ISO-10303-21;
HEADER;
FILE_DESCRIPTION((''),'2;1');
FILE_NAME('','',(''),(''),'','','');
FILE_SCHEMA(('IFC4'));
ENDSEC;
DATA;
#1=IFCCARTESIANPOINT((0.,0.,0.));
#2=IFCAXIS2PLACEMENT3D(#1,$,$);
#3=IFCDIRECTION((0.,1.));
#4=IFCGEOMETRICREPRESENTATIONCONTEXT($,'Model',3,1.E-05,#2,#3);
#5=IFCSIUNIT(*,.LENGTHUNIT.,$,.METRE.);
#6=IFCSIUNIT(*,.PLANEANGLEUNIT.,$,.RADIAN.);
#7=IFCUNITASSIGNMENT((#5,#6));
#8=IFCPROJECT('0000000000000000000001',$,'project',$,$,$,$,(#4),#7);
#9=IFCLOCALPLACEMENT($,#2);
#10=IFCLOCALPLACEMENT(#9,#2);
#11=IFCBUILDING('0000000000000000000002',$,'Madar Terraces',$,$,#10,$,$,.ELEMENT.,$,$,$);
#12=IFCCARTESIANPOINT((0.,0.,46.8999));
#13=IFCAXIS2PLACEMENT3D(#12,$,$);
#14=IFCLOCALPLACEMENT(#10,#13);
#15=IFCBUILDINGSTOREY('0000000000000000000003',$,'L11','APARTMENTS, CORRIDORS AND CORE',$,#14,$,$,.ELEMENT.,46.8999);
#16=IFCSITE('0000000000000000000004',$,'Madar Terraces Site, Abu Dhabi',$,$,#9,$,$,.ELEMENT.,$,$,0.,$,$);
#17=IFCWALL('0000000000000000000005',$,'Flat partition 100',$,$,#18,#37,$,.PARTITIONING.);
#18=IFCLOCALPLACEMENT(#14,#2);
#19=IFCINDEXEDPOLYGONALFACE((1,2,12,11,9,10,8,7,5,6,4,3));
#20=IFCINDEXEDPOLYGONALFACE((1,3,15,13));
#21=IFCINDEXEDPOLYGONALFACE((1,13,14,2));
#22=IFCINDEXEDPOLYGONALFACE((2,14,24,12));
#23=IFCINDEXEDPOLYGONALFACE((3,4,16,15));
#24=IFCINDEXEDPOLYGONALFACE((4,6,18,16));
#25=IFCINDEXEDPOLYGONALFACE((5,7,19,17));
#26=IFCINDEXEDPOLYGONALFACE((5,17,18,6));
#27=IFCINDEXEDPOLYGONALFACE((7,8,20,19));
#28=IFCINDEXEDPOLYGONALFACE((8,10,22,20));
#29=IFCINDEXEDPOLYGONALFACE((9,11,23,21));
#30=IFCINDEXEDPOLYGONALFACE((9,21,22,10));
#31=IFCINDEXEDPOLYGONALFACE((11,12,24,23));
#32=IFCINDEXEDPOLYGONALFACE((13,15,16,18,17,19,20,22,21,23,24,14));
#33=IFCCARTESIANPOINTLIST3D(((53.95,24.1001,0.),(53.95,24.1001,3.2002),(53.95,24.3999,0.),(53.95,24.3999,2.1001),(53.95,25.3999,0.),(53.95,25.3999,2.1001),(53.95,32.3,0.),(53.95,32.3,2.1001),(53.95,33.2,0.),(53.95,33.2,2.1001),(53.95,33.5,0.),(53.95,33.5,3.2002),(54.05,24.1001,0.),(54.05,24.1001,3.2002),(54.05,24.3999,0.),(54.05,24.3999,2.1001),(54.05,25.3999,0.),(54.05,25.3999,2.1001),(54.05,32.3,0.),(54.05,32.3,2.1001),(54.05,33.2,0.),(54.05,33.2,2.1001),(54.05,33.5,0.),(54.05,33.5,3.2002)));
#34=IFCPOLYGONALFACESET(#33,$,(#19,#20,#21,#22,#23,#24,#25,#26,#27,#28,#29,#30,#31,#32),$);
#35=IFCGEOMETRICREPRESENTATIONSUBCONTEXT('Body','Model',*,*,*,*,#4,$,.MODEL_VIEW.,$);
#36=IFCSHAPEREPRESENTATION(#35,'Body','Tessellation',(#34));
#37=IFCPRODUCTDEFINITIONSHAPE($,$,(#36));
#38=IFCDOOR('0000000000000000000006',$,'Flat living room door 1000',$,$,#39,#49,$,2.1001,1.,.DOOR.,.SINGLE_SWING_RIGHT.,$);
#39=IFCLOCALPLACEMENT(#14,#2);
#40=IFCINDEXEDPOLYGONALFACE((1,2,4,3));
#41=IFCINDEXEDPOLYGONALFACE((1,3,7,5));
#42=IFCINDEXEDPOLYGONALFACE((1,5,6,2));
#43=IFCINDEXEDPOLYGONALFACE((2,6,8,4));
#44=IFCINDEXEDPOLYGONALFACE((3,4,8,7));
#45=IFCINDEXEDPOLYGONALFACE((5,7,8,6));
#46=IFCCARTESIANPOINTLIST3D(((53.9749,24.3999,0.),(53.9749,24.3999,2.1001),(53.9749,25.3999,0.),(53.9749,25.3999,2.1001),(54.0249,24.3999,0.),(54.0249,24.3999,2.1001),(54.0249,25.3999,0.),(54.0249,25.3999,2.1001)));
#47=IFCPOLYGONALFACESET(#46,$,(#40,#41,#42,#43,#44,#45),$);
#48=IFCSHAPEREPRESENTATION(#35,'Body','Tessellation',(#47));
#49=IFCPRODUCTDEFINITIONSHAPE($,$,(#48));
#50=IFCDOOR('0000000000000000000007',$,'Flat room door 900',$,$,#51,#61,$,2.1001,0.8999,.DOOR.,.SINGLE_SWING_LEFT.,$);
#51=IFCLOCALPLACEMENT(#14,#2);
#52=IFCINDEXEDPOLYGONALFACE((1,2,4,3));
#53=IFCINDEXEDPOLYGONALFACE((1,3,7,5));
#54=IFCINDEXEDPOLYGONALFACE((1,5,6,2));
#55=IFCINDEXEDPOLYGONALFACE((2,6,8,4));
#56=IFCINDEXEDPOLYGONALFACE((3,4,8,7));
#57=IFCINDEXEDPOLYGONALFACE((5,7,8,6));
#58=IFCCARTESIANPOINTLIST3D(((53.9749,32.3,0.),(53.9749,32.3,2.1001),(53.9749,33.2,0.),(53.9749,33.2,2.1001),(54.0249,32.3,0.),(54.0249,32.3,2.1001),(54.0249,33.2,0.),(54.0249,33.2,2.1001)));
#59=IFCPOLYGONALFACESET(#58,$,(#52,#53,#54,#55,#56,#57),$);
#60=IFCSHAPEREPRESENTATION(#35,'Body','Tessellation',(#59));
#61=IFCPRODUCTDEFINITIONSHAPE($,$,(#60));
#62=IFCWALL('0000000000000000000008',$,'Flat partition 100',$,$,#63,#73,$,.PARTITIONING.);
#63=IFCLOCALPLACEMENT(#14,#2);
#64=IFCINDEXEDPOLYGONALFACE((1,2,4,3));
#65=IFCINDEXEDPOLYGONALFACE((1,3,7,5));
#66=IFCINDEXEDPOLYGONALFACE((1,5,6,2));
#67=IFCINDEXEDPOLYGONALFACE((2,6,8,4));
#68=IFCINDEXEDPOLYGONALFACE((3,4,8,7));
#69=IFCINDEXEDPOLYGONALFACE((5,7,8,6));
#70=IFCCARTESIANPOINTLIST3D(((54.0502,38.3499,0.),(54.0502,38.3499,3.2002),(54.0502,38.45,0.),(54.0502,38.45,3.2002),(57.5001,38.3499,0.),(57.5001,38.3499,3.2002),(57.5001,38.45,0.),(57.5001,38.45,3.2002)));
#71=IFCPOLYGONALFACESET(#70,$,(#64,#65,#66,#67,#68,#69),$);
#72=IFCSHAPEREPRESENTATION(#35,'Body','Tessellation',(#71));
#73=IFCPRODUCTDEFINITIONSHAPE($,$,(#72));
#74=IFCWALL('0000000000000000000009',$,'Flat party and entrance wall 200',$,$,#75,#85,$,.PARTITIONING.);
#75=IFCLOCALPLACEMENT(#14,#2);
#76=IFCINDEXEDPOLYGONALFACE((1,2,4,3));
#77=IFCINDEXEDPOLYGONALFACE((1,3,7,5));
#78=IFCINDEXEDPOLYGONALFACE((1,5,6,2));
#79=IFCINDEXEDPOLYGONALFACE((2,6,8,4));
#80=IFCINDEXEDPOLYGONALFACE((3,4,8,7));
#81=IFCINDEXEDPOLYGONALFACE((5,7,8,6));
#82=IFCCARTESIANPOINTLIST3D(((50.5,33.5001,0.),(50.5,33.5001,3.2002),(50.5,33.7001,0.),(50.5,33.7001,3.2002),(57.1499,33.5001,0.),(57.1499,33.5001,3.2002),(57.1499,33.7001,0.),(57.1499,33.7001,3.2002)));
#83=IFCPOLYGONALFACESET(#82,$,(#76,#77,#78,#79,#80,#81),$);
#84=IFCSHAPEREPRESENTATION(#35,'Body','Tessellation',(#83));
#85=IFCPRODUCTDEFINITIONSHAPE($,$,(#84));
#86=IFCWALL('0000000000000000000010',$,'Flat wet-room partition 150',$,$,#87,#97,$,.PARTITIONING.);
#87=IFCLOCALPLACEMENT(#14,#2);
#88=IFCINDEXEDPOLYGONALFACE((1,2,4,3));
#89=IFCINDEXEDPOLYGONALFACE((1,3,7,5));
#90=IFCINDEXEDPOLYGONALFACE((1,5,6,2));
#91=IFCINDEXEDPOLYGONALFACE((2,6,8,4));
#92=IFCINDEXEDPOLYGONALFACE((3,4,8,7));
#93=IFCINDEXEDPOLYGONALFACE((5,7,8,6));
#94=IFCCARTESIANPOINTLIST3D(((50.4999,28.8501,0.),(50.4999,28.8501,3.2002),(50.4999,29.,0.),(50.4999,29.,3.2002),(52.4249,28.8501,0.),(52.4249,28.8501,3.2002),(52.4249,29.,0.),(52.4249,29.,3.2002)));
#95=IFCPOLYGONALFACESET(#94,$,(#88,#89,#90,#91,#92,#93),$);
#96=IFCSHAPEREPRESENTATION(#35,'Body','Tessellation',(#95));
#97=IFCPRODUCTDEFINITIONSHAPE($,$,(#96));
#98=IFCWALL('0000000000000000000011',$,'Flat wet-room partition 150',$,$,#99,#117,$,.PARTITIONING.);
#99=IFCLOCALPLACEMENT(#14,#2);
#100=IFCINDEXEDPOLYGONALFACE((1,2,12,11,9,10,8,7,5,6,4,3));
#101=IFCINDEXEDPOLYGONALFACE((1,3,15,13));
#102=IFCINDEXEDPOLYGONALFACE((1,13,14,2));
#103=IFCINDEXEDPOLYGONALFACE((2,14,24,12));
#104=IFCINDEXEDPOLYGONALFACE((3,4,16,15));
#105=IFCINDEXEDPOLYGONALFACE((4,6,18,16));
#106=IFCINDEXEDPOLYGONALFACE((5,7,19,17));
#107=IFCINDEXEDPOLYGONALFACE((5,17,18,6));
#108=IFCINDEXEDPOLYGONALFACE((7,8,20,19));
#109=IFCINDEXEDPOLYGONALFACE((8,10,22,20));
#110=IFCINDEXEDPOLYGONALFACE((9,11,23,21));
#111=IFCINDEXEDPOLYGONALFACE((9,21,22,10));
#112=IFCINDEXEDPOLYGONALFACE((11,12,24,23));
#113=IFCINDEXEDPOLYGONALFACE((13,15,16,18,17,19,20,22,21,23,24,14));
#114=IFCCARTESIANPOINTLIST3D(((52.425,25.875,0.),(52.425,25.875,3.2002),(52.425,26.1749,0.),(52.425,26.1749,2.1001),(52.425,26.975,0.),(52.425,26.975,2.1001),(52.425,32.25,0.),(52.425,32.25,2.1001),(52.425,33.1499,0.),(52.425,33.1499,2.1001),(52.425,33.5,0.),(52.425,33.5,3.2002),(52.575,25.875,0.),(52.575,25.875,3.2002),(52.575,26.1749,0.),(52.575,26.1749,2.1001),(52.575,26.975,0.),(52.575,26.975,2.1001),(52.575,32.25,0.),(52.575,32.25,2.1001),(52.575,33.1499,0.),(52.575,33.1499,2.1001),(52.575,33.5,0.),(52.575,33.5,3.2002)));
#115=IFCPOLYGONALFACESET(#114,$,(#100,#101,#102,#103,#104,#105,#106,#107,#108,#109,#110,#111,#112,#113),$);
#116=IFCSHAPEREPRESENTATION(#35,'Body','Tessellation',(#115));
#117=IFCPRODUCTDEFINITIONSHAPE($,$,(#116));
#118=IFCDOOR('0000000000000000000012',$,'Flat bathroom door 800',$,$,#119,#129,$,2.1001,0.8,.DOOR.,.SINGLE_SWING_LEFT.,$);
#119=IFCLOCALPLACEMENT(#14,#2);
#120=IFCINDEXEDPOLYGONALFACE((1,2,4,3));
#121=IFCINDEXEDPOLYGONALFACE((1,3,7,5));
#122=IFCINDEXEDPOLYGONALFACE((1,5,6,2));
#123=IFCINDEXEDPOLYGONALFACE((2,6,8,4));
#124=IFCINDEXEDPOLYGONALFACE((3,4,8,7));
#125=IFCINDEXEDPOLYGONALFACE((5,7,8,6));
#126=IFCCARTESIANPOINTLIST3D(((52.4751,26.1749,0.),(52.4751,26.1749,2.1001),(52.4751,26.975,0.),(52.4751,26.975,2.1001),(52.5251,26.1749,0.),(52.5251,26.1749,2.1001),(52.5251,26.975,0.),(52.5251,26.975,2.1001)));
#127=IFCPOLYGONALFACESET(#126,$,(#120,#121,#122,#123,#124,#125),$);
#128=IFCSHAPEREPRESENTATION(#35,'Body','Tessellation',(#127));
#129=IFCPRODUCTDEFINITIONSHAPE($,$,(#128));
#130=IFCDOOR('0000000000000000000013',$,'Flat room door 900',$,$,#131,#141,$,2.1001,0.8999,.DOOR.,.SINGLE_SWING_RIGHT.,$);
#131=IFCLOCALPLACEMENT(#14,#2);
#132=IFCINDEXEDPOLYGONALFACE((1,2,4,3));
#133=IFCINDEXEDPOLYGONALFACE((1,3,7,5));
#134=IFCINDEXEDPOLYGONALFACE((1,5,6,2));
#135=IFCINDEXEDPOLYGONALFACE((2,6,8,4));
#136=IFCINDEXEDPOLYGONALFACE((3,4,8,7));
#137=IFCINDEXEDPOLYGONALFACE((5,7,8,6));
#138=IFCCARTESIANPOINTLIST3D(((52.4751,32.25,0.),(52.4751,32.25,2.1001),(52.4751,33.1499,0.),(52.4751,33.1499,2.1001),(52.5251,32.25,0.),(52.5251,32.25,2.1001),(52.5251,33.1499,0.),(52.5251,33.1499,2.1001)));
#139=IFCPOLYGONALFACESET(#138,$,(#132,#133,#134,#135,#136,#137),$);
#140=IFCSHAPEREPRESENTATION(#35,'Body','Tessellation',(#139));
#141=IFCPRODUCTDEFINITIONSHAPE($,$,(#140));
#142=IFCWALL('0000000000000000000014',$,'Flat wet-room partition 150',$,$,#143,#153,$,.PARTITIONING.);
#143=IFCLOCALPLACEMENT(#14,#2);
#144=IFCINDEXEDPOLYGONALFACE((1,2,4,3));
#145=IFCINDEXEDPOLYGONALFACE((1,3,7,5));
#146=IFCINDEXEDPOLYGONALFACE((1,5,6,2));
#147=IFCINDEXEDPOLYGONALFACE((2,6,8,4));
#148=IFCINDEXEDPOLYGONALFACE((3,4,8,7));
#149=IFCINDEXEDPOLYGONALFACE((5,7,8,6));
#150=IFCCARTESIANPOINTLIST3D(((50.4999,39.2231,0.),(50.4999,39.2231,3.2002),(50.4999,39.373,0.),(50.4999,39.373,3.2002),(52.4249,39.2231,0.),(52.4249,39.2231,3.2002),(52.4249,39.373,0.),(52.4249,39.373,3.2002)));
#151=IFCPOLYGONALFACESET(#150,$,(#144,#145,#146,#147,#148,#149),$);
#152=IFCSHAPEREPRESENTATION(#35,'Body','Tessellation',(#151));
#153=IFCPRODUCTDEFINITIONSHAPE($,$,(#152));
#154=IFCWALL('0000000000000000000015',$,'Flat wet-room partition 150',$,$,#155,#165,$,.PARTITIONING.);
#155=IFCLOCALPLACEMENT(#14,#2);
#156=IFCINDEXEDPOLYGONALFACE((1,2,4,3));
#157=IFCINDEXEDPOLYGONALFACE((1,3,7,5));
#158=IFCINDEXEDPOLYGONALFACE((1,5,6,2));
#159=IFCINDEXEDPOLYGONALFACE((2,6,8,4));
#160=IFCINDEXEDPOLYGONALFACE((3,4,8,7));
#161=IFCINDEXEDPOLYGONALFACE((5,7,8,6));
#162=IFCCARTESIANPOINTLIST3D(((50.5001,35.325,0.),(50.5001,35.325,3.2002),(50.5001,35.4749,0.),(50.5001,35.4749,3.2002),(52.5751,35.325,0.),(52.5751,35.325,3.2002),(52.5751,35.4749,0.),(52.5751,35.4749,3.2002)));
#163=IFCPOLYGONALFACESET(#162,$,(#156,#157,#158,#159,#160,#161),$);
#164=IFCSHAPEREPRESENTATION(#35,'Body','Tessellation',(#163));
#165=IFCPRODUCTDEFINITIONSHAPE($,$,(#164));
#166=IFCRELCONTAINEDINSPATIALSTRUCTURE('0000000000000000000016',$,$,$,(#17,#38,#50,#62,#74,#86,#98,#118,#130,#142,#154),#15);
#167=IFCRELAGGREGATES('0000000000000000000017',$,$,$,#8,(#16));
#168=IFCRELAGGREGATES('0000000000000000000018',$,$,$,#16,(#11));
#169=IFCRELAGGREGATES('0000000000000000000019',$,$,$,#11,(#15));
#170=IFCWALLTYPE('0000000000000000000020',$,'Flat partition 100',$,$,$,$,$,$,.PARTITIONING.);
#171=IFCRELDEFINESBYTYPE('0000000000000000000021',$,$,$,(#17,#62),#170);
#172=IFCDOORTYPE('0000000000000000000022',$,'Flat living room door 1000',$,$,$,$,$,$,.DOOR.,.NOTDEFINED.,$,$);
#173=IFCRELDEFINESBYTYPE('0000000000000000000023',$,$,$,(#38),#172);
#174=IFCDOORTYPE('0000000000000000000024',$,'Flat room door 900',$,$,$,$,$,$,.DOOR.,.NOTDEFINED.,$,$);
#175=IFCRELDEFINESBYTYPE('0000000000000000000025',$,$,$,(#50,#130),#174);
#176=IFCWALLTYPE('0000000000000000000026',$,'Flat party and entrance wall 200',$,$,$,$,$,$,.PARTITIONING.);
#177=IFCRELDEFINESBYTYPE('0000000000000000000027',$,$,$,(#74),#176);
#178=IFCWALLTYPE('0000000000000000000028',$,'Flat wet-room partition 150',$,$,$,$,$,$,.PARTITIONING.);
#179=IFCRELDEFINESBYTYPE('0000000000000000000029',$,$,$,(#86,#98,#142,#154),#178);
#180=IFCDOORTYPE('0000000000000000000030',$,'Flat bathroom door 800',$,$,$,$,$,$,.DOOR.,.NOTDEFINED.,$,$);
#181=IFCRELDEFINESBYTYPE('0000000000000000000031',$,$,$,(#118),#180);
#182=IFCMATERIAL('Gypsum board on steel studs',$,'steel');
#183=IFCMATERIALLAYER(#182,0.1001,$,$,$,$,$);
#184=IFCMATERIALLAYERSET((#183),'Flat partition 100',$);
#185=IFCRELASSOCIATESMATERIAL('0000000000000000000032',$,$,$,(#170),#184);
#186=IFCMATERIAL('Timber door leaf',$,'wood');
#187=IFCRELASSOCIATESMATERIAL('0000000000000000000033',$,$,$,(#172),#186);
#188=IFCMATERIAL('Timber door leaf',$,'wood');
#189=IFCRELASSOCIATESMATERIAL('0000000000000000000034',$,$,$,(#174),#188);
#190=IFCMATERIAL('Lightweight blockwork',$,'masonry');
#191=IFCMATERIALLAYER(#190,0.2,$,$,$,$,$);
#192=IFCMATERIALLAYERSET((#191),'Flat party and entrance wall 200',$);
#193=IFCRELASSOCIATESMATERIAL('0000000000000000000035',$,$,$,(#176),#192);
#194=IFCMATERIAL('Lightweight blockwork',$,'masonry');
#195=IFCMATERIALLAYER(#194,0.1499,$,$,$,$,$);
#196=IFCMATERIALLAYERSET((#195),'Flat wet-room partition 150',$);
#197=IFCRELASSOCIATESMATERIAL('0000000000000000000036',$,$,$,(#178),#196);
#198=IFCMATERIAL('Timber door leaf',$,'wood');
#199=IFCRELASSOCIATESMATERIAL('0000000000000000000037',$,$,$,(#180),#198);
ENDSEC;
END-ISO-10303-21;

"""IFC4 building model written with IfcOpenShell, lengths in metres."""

from ifc_helpers import new_model, si_unit, direction, frame, frame_2d, origin, place, context, subcontext, project, spatial, rectangle, extrude, material, layer, layer_set, type_object, element, fill, save


model = new_model("IFC4")

# Units and contexts
model_context = context("Model", 3, precision=1e-05, world=origin(), true_north=direction((0.0, 1.0)))
body_context = subcontext(model_context, "Body", "Model", "MODEL_VIEW")
ifc_project = project(units=[si_unit("LENGTHUNIT", "METRE"), si_unit("PLANEANGLEUNIT", "RADIAN")], contexts=[model_context])

# Site, building, storey
site_placement = place(None, origin())
site = spatial("IfcSite", under=ifc_project, at=site_placement, Name="Madar Terraces Site, Abu Dhabi", CompositionType="ELEMENT", RefElevation=0.0)
building_placement = place(site_placement, origin())
building = spatial("IfcBuilding", under=site, at=building_placement, Name="Madar Terraces", CompositionType="ELEMENT")
storey_placement = place(building_placement, frame((0.0, 0.0, 46.8999)))
storey = spatial("IfcBuildingStorey", under=building, at=storey_placement, Name="L11", Description="APARTMENTS, CORRIDORS AND CORE", CompositionType="ELEMENT", Elevation=46.8999)

# Shared definitions
ifc_material_1 = material(Name="Gypsum board on steel studs", Category="steel")
ifc_layer_1 = layer(ifc_material_1, 0.1001)
ifc_layer_set_1 = layer_set([ifc_layer_1], Name="Flat partition 100")
wall_type_1 = type_object("IfcWallType", Name="Flat partition 100", PredefinedType="PARTITIONING", material=ifc_layer_set_1)

# Wall, openings, doors
wall_1_placement = place(storey_placement, frame((54.0, 33.5, 0.0), z_axis=(0.0, 0.0, 1.0), x_axis=(0.0, -1.0, 0.0)))
wall_1 = element("IfcWall", 1, at=wall_1_placement, inside=storey, type_object=wall_type_1, Name="Flat partition 100", PredefinedType="PARTITIONING", context=body_context, shape_type="SweptSolid", body=[
    extrude(rectangle(XDim=9.3999, YDim=0.1001, at=frame_2d((4.7, 0.0))), origin(), (0.0, 0.0, 1.0), 3.2002),
])
opening_1_placement = place(wall_1_placement, frame((8.1001, 0.0, 0.0)))
opening_1 = element("IfcOpeningElement", 2, at=opening_1_placement, cuts=wall_1, PredefinedType="OPENING", context=body_context, shape_type="SweptSolid", body=[
    extrude(rectangle(XDim=1.0, YDim=2.1001, at=frame_2d((0.5, 1.05))), frame((0.0, 0.0601, 0.0), z_axis=(0.0, -1.0, 0.0), x_axis=(1.0, 0.0, 0.0)), (0.0, 0.0, 1.0), 0.1201),
])
opening_2_placement = place(wall_1_placement, frame((0.3, 0.0, 0.0)))
opening_2 = element("IfcOpeningElement", 3, at=opening_2_placement, cuts=wall_1, PredefinedType="OPENING", context=body_context, shape_type="SweptSolid", body=[
    extrude(rectangle(XDim=0.8999, YDim=2.1001, at=frame_2d((0.45, 1.05))), frame((0.0, 0.0601, 0.0), z_axis=(0.0, -1.0, 0.0), x_axis=(1.0, 0.0, 0.0)), (0.0, 0.0, 1.0), 0.1201),
])
ifc_material_2 = material(Name="Timber door leaf", Category="wood")
door_type_1 = type_object("IfcDoorType", Name="Flat living room door 1000", OperationType="NOTDEFINED", PredefinedType="DOOR", material=ifc_material_2)
door_1_placement = place(opening_1_placement, origin())
door_1 = element("IfcDoor", 4, at=door_1_placement, inside=storey, type_object=door_type_1, Name="Flat living room door 1000", OperationType="SINGLE_SWING_RIGHT", OverallHeight=2.1001, OverallWidth=1.0, PredefinedType="DOOR", context=body_context, shape_type="SweptSolid", body=[
    extrude(rectangle(XDim=1.0, YDim=2.1001, at=frame_2d((0.5, 1.05))), frame((0.0, 0.0249, 0.0), z_axis=(0.0, -1.0, 0.0), x_axis=(1.0, 0.0, 0.0)), (0.0, 0.0, 1.0), 0.05),
])
fill(opening_1, door_1)
ifc_material_3 = material(Name="Timber door leaf", Category="wood")
door_type_2 = type_object("IfcDoorType", Name="Flat room door 900", OperationType="NOTDEFINED", PredefinedType="DOOR", material=ifc_material_3)
door_2_placement = place(opening_2_placement, origin())
door_2 = element("IfcDoor", 5, at=door_2_placement, inside=storey, type_object=door_type_2, Name="Flat room door 900", OperationType="SINGLE_SWING_LEFT", OverallHeight=2.1001, OverallWidth=0.8999, PredefinedType="DOOR", context=body_context, shape_type="SweptSolid", body=[
    extrude(rectangle(XDim=0.8999, YDim=2.1001, at=frame_2d((0.45, 1.05))), frame((0.0, 0.0249, 0.0), z_axis=(0.0, -1.0, 0.0), x_axis=(1.0, 0.0, 0.0)), (0.0, 0.0, 1.0), 0.05),
])
fill(opening_2, door_2)

# Walls
wall_2_placement = place(storey_placement, frame((54.05, 38.3999, 0.0), z_axis=(0.0, 0.0, 1.0), x_axis=(1.0, 0.0, 0.0)))
element("IfcWall", 6, at=wall_2_placement, inside=storey, type_object=wall_type_1, Name="Flat partition 100", PredefinedType="PARTITIONING", context=body_context, shape_type="SweptSolid", body=[
    extrude(rectangle(XDim=3.45, YDim=0.1001, at=frame_2d((1.7251, 0.0))), origin(), (0.0, 0.0, 1.0), 3.2002),
])
ifc_material_4 = material(Name="Lightweight blockwork", Category="masonry")
ifc_layer_2 = layer(ifc_material_4, 0.2)
ifc_layer_set_2 = layer_set([ifc_layer_2], Name="Flat party and entrance wall 200")
wall_type_2 = type_object("IfcWallType", Name="Flat party and entrance wall 200", PredefinedType="PARTITIONING", material=ifc_layer_set_2)
wall_3_placement = place(storey_placement, frame((50.5, 33.6001, 0.0), z_axis=(0.0, 0.0, 1.0), x_axis=(1.0, 0.0, 0.0)))
element("IfcWall", 7, at=wall_3_placement, inside=storey, type_object=wall_type_2, Name="Flat party and entrance wall 200", PredefinedType="PARTITIONING", context=body_context, shape_type="SweptSolid", body=[
    extrude(rectangle(XDim=6.6499, YDim=0.2, at=frame_2d((3.325, 0.0))), origin(), (0.0, 0.0, 1.0), 3.2002),
])
ifc_material_5 = material(Name="Lightweight blockwork", Category="masonry")
ifc_layer_3 = layer(ifc_material_5, 0.1499)
ifc_layer_set_3 = layer_set([ifc_layer_3], Name="Flat wet-room partition 150")
wall_type_3 = type_object("IfcWallType", Name="Flat wet-room partition 150", PredefinedType="PARTITIONING", material=ifc_layer_set_3)
wall_4_placement = place(storey_placement, frame((50.5, 28.925, 0.0), z_axis=(0.0, 0.0, 1.0), x_axis=(1.0, 0.0, 0.0)))
element("IfcWall", 8, at=wall_4_placement, inside=storey, type_object=wall_type_3, Name="Flat wet-room partition 150", PredefinedType="PARTITIONING", context=body_context, shape_type="SweptSolid", body=[
    extrude(rectangle(XDim=1.925, YDim=0.1499, at=frame_2d((0.9624, 0.0))), origin(), (0.0, 0.0, 1.0), 3.2002),
])

# Wall, openings, doors
wall_5_placement = place(storey_placement, frame((52.5, 25.875, 0.0), z_axis=(0.0, 0.0, 1.0), x_axis=(0.0, 1.0, 0.0)))
wall_5 = element("IfcWall", 9, at=wall_5_placement, inside=storey, type_object=wall_type_3, Name="Flat wet-room partition 150", PredefinedType="PARTITIONING", context=body_context, shape_type="SweptSolid", body=[
    extrude(rectangle(XDim=7.625, YDim=0.1499, at=frame_2d((3.8125, 0.0))), origin(), (0.0, 0.0, 1.0), 3.2002),
])
opening_3_placement = place(wall_5_placement, frame((0.3, 0.0, 0.0)))
opening_3 = element("IfcOpeningElement", 10, at=opening_3_placement, cuts=wall_5, PredefinedType="OPENING", context=body_context, shape_type="SweptSolid", body=[
    extrude(rectangle(XDim=0.8, YDim=2.1001, at=frame_2d((0.3999, 1.05))), frame((0.0, 0.085, 0.0), z_axis=(0.0, -1.0, 0.0), x_axis=(1.0, 0.0, 0.0)), (0.0, 0.0, 1.0), 0.1699),
])
opening_4_placement = place(wall_5_placement, frame((6.375, 0.0, 0.0)))
opening_4 = element("IfcOpeningElement", 11, at=opening_4_placement, cuts=wall_5, PredefinedType="OPENING", context=body_context, shape_type="SweptSolid", body=[
    extrude(rectangle(XDim=0.8999, YDim=2.1001, at=frame_2d((0.45, 1.05))), frame((0.0, 0.085, 0.0), z_axis=(0.0, -1.0, 0.0), x_axis=(1.0, 0.0, 0.0)), (0.0, 0.0, 1.0), 0.1699),
])
ifc_material_6 = material(Name="Timber door leaf", Category="wood")
door_type_3 = type_object("IfcDoorType", Name="Flat bathroom door 800", OperationType="NOTDEFINED", PredefinedType="DOOR", material=ifc_material_6)
door_3_placement = place(opening_3_placement, origin())
door_3 = element("IfcDoor", 12, at=door_3_placement, inside=storey, type_object=door_type_3, Name="Flat bathroom door 800", OperationType="SINGLE_SWING_LEFT", OverallHeight=2.1001, OverallWidth=0.8, PredefinedType="DOOR", context=body_context, shape_type="SweptSolid", body=[
    extrude(rectangle(XDim=0.8, YDim=2.1001, at=frame_2d((0.3999, 1.05))), frame((0.0, 0.0249, 0.0), z_axis=(0.0, -1.0, 0.0), x_axis=(1.0, 0.0, 0.0)), (0.0, 0.0, 1.0), 0.05),
])
fill(opening_3, door_3)
door_4_placement = place(opening_4_placement, origin())
door_4 = element("IfcDoor", 13, at=door_4_placement, inside=storey, type_object=door_type_2, Name="Flat room door 900", OperationType="SINGLE_SWING_RIGHT", OverallHeight=2.1001, OverallWidth=0.8999, PredefinedType="DOOR", context=body_context, shape_type="SweptSolid", body=[
    extrude(rectangle(XDim=0.8999, YDim=2.1001, at=frame_2d((0.45, 1.05))), frame((0.0, 0.0249, 0.0), z_axis=(0.0, -1.0, 0.0), x_axis=(1.0, 0.0, 0.0)), (0.0, 0.0, 1.0), 0.05),
])
fill(opening_4, door_4)

# Walls
wall_6_placement = place(storey_placement, frame((50.5, 39.2981, 0.0), z_axis=(0.0, 0.0, 1.0), x_axis=(1.0, 0.0, 0.0)))
element("IfcWall", 14, at=wall_6_placement, inside=storey, type_object=wall_type_3, Name="Flat wet-room partition 150", PredefinedType="PARTITIONING", context=body_context, shape_type="SweptSolid", body=[
    extrude(rectangle(XDim=1.925, YDim=0.1499, at=frame_2d((0.9624, 0.0))), origin(), (0.0, 0.0, 1.0), 3.2002),
])
wall_7_placement = place(storey_placement, frame((50.5, 35.3999, 0.0), z_axis=(0.0, 0.0, 1.0), x_axis=(1.0, 0.0, 0.0)))
element("IfcWall", 15, at=wall_7_placement, inside=storey, type_object=wall_type_3, Name="Flat wet-room partition 150", PredefinedType="PARTITIONING", context=body_context, shape_type="SweptSolid", body=[
    extrude(rectangle(XDim=2.075, YDim=0.1499, at=frame_2d((1.0376, 0.0))), origin(), (0.0, 0.0, 1.0), 3.2002),
])

save(model, "model.ifc")
